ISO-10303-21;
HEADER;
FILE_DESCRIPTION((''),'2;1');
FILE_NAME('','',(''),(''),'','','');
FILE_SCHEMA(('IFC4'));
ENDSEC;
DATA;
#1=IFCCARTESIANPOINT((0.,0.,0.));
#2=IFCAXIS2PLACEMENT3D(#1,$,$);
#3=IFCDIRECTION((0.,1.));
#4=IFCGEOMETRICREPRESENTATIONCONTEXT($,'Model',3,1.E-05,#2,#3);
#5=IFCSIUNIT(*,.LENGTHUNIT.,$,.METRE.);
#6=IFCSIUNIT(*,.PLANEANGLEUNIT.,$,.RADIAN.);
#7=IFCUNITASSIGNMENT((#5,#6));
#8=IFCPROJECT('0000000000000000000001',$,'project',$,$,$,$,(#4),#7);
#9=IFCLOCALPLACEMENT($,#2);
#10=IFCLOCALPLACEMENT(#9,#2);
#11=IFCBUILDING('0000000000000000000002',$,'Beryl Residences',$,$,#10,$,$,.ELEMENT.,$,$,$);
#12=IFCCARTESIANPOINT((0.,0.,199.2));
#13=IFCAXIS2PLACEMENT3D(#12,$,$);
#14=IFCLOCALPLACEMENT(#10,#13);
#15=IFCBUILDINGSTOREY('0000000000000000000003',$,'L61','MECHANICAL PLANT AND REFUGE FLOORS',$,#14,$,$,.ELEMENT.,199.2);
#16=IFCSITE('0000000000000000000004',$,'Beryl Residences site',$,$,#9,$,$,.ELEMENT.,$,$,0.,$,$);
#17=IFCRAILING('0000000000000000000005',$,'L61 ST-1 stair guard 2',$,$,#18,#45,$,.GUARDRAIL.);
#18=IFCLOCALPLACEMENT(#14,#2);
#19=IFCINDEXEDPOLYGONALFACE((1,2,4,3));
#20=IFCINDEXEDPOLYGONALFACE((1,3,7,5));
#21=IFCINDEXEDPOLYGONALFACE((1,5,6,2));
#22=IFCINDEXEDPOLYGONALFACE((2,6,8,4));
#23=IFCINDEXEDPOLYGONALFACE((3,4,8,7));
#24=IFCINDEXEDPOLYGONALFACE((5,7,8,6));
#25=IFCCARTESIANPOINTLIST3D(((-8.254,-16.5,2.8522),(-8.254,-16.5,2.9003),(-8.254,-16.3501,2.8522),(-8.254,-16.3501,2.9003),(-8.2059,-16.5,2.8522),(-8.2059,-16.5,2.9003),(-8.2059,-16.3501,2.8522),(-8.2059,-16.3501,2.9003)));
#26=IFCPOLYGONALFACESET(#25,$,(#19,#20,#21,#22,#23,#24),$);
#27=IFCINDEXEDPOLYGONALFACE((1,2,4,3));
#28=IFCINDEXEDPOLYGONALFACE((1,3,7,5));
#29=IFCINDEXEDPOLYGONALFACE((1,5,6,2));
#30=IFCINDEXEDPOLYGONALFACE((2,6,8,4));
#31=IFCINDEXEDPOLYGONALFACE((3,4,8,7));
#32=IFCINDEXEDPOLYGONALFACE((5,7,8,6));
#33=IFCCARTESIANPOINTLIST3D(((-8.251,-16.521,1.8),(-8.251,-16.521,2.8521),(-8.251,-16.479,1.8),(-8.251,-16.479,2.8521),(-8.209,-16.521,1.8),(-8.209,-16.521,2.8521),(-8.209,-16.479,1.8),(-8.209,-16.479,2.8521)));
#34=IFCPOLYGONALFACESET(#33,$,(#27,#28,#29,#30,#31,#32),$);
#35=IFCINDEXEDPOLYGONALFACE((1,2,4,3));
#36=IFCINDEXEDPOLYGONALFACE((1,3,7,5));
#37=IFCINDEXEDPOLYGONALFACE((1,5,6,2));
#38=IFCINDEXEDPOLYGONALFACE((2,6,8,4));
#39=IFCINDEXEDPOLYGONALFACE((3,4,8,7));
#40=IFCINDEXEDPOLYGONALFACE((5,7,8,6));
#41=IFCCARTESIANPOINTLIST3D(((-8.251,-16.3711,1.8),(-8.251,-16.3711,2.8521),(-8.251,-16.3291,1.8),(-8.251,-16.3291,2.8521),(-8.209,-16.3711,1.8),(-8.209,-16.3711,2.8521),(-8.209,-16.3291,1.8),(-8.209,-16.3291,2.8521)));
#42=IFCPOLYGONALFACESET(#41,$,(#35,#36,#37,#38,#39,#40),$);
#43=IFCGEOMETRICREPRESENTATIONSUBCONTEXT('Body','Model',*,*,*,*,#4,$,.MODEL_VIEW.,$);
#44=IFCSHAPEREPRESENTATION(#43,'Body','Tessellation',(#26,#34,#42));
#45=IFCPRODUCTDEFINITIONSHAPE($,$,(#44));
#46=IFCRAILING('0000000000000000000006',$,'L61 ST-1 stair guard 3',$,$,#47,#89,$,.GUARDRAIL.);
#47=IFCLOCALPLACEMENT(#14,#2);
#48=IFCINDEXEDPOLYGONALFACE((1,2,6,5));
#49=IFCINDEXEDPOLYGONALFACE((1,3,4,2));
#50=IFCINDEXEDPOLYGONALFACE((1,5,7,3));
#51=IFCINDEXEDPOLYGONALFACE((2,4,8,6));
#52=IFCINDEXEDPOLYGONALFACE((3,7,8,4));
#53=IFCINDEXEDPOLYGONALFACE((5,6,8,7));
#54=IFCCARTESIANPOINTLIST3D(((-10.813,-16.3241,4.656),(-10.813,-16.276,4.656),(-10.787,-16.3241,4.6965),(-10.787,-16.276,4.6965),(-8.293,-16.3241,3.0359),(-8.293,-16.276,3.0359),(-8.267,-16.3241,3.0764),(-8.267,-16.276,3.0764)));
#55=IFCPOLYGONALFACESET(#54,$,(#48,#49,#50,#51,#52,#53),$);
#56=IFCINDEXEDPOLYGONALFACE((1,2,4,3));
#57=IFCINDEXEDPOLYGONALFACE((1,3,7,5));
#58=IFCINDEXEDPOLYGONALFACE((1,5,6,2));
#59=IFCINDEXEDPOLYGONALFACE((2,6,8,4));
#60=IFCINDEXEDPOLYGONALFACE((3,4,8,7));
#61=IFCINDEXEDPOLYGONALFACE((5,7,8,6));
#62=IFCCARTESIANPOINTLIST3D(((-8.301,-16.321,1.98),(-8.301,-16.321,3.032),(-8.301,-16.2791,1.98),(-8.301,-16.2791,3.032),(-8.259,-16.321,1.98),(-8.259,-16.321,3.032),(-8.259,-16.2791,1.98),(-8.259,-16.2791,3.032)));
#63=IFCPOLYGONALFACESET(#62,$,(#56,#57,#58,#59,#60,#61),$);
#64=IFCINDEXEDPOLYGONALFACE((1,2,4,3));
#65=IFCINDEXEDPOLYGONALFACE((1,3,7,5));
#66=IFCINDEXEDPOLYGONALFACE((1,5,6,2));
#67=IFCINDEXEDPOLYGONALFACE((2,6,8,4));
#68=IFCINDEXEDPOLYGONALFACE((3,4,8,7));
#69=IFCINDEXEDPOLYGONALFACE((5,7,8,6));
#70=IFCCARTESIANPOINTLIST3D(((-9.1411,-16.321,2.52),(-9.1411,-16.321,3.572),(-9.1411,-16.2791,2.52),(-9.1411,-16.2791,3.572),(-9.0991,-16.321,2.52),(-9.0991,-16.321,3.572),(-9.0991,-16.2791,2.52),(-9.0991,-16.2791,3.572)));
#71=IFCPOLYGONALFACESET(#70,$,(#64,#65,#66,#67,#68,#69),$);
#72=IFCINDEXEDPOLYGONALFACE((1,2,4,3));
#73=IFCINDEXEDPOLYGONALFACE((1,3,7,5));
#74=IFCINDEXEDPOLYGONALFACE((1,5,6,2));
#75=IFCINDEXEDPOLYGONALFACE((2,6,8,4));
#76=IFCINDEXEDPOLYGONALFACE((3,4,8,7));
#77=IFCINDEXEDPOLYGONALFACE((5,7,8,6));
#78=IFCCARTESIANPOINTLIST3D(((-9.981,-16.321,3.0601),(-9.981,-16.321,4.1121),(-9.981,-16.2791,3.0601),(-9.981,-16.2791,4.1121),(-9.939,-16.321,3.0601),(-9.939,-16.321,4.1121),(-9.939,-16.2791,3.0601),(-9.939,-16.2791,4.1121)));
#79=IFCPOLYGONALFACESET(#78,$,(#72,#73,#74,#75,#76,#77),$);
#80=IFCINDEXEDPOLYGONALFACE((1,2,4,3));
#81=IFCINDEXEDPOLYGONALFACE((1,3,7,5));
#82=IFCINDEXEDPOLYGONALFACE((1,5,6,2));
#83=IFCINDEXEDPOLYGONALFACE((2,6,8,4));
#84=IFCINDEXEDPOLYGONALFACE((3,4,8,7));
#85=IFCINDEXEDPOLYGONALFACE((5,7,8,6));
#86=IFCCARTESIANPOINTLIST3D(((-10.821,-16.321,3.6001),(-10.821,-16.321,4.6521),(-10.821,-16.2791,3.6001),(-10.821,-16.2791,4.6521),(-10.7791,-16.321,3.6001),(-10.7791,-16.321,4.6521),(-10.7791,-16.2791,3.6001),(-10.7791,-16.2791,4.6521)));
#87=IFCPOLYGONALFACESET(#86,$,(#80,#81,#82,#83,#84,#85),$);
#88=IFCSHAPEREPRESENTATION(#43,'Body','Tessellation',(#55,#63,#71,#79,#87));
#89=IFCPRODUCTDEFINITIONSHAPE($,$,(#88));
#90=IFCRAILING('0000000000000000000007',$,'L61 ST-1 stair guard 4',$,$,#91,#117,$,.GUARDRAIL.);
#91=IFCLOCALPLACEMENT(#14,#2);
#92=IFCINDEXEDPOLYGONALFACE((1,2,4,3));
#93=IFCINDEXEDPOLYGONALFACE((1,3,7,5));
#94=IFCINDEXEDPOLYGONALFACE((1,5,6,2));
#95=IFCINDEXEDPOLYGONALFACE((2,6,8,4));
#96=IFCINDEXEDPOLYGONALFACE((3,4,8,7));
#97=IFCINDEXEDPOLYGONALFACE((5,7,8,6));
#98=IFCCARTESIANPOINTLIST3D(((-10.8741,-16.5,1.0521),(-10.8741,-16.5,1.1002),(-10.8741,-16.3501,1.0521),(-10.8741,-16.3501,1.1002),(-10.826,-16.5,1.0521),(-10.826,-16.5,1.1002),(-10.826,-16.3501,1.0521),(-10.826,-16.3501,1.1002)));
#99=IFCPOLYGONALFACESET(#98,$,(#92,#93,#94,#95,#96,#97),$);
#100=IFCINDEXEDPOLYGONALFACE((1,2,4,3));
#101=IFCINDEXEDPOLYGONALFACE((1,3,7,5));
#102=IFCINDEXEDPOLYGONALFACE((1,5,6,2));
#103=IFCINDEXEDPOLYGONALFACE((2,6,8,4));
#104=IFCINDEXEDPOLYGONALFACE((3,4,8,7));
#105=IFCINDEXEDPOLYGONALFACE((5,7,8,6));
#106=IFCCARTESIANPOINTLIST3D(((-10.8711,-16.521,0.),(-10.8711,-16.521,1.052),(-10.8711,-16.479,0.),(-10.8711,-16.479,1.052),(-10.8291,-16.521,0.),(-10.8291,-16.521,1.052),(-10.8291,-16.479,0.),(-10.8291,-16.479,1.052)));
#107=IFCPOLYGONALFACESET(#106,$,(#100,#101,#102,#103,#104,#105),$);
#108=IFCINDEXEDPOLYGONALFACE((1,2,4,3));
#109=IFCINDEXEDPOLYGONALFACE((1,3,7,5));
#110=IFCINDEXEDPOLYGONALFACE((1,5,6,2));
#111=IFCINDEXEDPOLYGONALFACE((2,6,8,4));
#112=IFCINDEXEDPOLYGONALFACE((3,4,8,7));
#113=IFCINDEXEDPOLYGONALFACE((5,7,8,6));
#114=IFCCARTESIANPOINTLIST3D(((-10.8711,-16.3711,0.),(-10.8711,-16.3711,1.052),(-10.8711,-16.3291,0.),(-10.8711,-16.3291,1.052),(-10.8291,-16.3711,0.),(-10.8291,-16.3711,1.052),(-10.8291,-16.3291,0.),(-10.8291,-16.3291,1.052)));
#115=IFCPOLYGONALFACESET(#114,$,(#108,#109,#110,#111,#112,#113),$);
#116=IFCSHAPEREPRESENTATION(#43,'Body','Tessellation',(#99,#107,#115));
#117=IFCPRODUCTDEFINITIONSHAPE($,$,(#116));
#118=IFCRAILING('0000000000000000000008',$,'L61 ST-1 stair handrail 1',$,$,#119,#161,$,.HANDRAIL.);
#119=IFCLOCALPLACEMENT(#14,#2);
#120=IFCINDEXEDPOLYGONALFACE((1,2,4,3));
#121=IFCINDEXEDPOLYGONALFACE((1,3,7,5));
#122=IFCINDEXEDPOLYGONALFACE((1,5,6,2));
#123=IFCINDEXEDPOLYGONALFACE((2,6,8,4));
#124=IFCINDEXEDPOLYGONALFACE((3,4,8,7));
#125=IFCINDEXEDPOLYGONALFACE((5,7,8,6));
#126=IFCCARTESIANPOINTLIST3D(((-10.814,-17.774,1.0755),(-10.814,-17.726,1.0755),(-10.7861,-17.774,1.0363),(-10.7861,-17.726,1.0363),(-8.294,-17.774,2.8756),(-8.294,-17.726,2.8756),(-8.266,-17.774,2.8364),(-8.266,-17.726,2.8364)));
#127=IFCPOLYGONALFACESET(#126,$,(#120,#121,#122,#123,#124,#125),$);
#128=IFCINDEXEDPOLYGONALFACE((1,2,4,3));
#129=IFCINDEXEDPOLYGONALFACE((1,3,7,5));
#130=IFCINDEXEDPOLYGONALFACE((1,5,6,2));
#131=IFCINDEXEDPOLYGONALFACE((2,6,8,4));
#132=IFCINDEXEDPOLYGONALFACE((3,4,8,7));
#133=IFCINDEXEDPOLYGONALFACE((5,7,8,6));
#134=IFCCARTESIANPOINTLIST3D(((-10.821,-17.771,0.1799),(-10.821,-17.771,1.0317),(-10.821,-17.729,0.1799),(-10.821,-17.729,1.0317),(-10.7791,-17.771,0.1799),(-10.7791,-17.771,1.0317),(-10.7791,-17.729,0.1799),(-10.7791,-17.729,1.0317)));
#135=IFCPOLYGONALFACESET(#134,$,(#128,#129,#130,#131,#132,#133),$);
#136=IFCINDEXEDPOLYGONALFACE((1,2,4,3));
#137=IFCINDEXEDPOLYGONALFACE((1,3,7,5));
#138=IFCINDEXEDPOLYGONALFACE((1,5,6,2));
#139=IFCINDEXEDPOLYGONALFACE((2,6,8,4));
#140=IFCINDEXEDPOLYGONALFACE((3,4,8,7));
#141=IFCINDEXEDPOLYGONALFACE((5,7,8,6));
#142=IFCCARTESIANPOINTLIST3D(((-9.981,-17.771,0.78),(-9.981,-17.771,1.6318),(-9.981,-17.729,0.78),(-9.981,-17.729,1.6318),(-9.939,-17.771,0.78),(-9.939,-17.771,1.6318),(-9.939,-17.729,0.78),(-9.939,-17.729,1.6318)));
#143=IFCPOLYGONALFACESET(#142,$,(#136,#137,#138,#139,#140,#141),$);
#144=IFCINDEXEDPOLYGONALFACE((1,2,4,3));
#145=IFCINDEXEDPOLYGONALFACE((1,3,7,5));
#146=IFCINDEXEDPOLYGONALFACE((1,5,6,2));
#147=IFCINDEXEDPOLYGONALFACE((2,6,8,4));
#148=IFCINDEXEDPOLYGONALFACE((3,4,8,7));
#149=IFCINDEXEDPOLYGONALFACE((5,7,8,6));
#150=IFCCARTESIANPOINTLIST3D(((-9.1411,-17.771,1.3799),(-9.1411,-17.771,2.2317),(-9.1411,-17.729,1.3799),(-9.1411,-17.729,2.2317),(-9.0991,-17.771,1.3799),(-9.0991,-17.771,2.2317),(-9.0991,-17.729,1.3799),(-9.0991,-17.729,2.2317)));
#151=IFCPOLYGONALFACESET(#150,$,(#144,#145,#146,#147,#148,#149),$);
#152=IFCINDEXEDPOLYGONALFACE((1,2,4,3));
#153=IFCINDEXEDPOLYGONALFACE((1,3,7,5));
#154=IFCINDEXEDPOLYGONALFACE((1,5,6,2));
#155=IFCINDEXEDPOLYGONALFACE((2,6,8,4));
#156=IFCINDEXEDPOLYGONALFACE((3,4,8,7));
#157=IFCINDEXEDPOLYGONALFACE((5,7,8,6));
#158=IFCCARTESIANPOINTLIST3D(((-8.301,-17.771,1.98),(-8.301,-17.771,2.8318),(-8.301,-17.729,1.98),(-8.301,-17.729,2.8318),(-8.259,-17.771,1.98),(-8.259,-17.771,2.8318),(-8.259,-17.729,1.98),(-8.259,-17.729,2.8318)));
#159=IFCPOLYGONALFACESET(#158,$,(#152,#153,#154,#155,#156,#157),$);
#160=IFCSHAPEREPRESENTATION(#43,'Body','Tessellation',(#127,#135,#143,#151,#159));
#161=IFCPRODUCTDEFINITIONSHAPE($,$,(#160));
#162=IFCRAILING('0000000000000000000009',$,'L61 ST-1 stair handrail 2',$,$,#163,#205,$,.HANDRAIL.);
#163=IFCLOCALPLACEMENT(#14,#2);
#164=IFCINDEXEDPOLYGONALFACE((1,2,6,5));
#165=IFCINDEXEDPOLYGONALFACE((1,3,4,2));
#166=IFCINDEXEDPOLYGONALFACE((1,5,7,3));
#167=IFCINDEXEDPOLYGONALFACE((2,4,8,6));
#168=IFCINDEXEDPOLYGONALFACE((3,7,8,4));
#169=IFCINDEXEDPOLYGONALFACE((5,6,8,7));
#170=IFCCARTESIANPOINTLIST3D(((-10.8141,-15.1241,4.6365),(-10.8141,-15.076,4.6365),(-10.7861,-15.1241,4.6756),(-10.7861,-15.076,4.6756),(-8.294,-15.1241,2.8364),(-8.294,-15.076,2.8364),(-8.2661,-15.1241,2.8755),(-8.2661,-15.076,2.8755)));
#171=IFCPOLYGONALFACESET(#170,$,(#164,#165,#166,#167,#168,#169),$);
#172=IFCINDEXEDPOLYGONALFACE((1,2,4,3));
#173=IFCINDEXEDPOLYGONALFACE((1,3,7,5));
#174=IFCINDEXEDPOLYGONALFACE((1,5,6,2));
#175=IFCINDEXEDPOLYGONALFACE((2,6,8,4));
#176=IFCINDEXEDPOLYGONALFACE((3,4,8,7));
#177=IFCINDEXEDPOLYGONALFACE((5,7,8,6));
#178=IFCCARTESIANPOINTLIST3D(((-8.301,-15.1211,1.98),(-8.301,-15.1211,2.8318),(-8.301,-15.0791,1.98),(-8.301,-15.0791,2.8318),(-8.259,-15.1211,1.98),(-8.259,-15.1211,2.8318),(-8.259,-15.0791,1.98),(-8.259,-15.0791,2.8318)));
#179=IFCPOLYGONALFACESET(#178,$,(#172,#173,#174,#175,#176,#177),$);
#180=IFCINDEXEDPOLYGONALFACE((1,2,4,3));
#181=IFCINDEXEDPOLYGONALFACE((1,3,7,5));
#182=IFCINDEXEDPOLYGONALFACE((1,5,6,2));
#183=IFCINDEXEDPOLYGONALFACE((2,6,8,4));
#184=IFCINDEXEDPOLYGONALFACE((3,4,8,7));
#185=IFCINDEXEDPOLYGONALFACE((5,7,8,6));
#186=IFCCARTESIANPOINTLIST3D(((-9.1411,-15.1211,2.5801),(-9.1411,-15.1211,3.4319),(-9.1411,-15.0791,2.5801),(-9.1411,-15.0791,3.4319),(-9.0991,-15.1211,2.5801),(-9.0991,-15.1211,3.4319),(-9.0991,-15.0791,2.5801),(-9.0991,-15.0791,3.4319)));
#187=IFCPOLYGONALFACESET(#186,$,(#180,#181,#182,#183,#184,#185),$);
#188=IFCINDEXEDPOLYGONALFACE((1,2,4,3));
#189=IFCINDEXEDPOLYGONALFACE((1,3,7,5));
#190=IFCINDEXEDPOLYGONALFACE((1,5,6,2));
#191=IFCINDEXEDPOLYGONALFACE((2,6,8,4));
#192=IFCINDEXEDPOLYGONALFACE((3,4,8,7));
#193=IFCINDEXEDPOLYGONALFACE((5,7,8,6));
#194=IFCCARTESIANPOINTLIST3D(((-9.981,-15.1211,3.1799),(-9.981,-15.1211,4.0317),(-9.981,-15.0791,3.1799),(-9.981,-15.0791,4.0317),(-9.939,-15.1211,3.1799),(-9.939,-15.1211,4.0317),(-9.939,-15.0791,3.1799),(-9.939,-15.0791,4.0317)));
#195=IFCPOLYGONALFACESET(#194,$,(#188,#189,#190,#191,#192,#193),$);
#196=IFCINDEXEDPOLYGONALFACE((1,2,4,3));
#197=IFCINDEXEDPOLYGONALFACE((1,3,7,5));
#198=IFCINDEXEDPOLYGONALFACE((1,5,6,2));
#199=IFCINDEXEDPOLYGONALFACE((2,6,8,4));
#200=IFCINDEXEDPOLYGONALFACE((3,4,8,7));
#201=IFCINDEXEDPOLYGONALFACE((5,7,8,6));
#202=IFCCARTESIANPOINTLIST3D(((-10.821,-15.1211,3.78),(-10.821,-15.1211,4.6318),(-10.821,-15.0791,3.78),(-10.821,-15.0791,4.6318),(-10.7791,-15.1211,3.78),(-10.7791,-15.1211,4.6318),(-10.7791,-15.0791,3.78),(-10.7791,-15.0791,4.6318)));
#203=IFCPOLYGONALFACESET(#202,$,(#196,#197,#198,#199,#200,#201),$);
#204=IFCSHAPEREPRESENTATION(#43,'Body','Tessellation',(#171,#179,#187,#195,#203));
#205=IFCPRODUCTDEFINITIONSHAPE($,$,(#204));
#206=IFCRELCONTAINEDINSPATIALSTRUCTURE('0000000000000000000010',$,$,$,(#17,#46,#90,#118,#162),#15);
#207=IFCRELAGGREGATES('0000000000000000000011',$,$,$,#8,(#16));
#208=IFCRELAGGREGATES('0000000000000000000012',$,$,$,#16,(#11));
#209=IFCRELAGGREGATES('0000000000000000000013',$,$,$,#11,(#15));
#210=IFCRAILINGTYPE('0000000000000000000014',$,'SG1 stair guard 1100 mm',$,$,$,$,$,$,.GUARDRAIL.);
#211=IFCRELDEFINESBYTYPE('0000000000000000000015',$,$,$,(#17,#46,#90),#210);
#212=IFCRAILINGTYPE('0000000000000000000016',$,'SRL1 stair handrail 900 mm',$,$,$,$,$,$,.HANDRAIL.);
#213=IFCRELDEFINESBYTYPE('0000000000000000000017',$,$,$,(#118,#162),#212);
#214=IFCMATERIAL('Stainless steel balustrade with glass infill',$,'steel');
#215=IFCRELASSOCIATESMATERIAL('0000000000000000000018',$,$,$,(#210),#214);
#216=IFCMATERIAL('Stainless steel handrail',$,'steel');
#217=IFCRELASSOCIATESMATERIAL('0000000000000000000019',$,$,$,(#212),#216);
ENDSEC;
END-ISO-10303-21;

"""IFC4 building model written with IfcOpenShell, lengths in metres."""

from ifc_helpers import new_model, si_unit, direction, frame, origin, origin_2d, place, context, subcontext, project, spatial, rectangle, extrude, material, type_object, element, save


model = new_model("IFC4")

# Units and contexts
model_context = context("Model", 3, precision=1e-05, world=origin(), true_north=direction((0.0, 1.0)))
body_context = subcontext(model_context, "Body", "Model", "MODEL_VIEW")
ifc_project = project(units=[si_unit("LENGTHUNIT", "METRE"), si_unit("PLANEANGLEUNIT", "RADIAN")], contexts=[model_context])

# Site, building, storey
site_placement = place(None, origin())
site = spatial("IfcSite", under=ifc_project, at=site_placement, Name="Beryl Residences site", CompositionType="ELEMENT", RefElevation=0.0)
building_placement = place(site_placement, origin())
building = spatial("IfcBuilding", under=site, at=building_placement, Name="Beryl Residences", CompositionType="ELEMENT")
storey_placement = place(building_placement, frame((0.0, 0.0, 199.2)))
storey = spatial("IfcBuildingStorey", under=building, at=storey_placement, Name="L61", Description="MECHANICAL PLANT AND REFUGE FLOORS", CompositionType="ELEMENT", Elevation=199.2)

# Railings
ifc_material_1 = material(Name="Stainless steel balustrade with glass infill", Category="steel")
railing_type_1 = type_object("IfcRailingType", Name="SG1 stair guard 1100 mm", PredefinedType="GUARDRAIL", material=ifc_material_1)
railing_1_placement = place(storey_placement, frame((-8.23, -16.5, 1.8)))
element("IfcRailing", 1, at=railing_1_placement, inside=storey, type_object=railing_type_1, Name="L61 ST-1 stair guard 2", PredefinedType="GUARDRAIL", context=body_context, shape_type="SweptSolid", body=[
    extrude(rectangle(XDim=0.0481, YDim=0.0481, at=origin_2d()), frame((0.0, 0.0, 1.0762), z_axis=(0.0, 1.0, 0.0), x_axis=(-1.0, 0.0, 0.0)), (0.0, 0.0, 1.0), 0.1499),
    extrude(rectangle(XDim=0.042, YDim=0.042, at=origin_2d()), origin(), (0.0, 0.0, 1.0), 1.052),
    extrude(rectangle(XDim=0.042, YDim=0.042, at=origin_2d()), frame((0.0, 0.1499, 0.0)), (0.0, 0.0, 1.0), 1.052),
])
railing_2_placement = place(storey_placement, frame((-8.28, -16.3, 1.98)))
element("IfcRailing", 2, at=railing_2_placement, inside=storey, type_object=railing_type_1, Name="L61 ST-1 stair guard 3", PredefinedType="GUARDRAIL", context=body_context, shape_type="SweptSolid", body=[
    extrude(rectangle(XDim=0.0481, YDim=0.0481, at=origin_2d()), frame((0.0, 0.0, 1.0762), z_axis=(-0.841163, 0.0, 0.540782), x_axis=(0.0, -1.0, 0.0)), (0.0, 0.0, 1.0), 2.9958),
    extrude(rectangle(XDim=0.042, YDim=0.042, at=origin_2d()), origin(), (0.0, 0.0, 1.0), 1.052),
    extrude(rectangle(XDim=0.042, YDim=0.042, at=origin_2d()), frame((-0.8401, 0.0, 0.54)), (0.0, 0.0, 1.0), 1.052),
    extrude(rectangle(XDim=0.042, YDim=0.042, at=origin_2d()), frame((-1.6799, 0.0, 1.0801)), (0.0, 0.0, 1.0), 1.052),
    extrude(rectangle(XDim=0.042, YDim=0.042, at=origin_2d()), frame((-2.52, 0.0, 1.6201)), (0.0, 0.0, 1.0), 1.052),
])
railing_3_placement = place(storey_placement, frame((-10.8501, -16.5, 0.0)))
element("IfcRailing", 3, at=railing_3_placement, inside=storey, type_object=railing_type_1, Name="L61 ST-1 stair guard 4", PredefinedType="GUARDRAIL", context=body_context, shape_type="SweptSolid", body=[
    extrude(rectangle(XDim=0.0481, YDim=0.0481, at=origin_2d()), frame((0.0, 0.0, 1.0762), z_axis=(0.0, 1.0, 0.0), x_axis=(-1.0, 0.0, 0.0)), (0.0, 0.0, 1.0), 0.1499),
    extrude(rectangle(XDim=0.042, YDim=0.042, at=origin_2d()), origin(), (0.0, 0.0, 1.0), 1.052),
    extrude(rectangle(XDim=0.042, YDim=0.042, at=origin_2d()), frame((0.0, 0.1499, 0.0)), (0.0, 0.0, 1.0), 1.052),
])
ifc_material_2 = material(Name="Stainless steel handrail", Category="steel")
railing_type_2 = type_object("IfcRailingType", Name="SRL1 stair handrail 900 mm", PredefinedType="HANDRAIL", material=ifc_material_2)
railing_4_placement = place(storey_placement, frame((-10.8, -17.75, 0.1799)))
element("IfcRailing", 4, at=railing_4_placement, inside=storey, type_object=railing_type_2, Name="L61 ST-1 stair handrail 1", PredefinedType="HANDRAIL", context=body_context, shape_type="SweptSolid", body=[
    extrude(rectangle(XDim=0.0481, YDim=0.0481, at=origin_2d()), frame((0.0, 0.0, 0.876), z_axis=(0.813728, 0.0, 0.581246), x_axis=(0.0, 1.0, 0.0)), (0.0, 0.0, 1.0), 3.0969),
    extrude(rectangle(XDim=0.042, YDim=0.042, at=origin_2d()), origin(), (0.0, 0.0, 1.0), 0.8518),
    extrude(rectangle(XDim=0.042, YDim=0.042, at=origin_2d()), frame((0.8401, 0.0, 0.6001)), (0.0, 0.0, 1.0), 0.8518),
    extrude(rectangle(XDim=0.042, YDim=0.042, at=origin_2d()), frame((1.6799, 0.0, 1.2)), (0.0, 0.0, 1.0), 0.8518),
    extrude(rectangle(XDim=0.042, YDim=0.042, at=origin_2d()), frame((2.52, 0.0, 1.8)), (0.0, 0.0, 1.0), 0.8518),
])
railing_5_placement = place(storey_placement, frame((-8.28, -15.1001, 1.98)))
element("IfcRailing", 5, at=railing_5_placement, inside=storey, type_object=railing_type_2, Name="L61 ST-1 stair handrail 2", PredefinedType="HANDRAIL", context=body_context, shape_type="SweptSolid", body=[
    extrude(rectangle(XDim=0.0481, YDim=0.0481, at=origin_2d()), frame((0.0, 0.0, 0.876), z_axis=(-0.813728, 0.0, 0.581246), x_axis=(0.0, -1.0, 0.0)), (0.0, 0.0, 1.0), 3.0969),
    extrude(rectangle(XDim=0.042, YDim=0.042, at=origin_2d()), origin(), (0.0, 0.0, 1.0), 0.8518),
    extrude(rectangle(XDim=0.042, YDim=0.042, at=origin_2d()), frame((-0.8401, 0.0, 0.6001)), (0.0, 0.0, 1.0), 0.8518),
    extrude(rectangle(XDim=0.042, YDim=0.042, at=origin_2d()), frame((-1.6799, 0.0, 1.2)), (0.0, 0.0, 1.0), 0.8518),
    extrude(rectangle(XDim=0.042, YDim=0.042, at=origin_2d()), frame((-2.52, 0.0, 1.8)), (0.0, 0.0, 1.0), 0.8518),
])

save(model, "model.ifc")
